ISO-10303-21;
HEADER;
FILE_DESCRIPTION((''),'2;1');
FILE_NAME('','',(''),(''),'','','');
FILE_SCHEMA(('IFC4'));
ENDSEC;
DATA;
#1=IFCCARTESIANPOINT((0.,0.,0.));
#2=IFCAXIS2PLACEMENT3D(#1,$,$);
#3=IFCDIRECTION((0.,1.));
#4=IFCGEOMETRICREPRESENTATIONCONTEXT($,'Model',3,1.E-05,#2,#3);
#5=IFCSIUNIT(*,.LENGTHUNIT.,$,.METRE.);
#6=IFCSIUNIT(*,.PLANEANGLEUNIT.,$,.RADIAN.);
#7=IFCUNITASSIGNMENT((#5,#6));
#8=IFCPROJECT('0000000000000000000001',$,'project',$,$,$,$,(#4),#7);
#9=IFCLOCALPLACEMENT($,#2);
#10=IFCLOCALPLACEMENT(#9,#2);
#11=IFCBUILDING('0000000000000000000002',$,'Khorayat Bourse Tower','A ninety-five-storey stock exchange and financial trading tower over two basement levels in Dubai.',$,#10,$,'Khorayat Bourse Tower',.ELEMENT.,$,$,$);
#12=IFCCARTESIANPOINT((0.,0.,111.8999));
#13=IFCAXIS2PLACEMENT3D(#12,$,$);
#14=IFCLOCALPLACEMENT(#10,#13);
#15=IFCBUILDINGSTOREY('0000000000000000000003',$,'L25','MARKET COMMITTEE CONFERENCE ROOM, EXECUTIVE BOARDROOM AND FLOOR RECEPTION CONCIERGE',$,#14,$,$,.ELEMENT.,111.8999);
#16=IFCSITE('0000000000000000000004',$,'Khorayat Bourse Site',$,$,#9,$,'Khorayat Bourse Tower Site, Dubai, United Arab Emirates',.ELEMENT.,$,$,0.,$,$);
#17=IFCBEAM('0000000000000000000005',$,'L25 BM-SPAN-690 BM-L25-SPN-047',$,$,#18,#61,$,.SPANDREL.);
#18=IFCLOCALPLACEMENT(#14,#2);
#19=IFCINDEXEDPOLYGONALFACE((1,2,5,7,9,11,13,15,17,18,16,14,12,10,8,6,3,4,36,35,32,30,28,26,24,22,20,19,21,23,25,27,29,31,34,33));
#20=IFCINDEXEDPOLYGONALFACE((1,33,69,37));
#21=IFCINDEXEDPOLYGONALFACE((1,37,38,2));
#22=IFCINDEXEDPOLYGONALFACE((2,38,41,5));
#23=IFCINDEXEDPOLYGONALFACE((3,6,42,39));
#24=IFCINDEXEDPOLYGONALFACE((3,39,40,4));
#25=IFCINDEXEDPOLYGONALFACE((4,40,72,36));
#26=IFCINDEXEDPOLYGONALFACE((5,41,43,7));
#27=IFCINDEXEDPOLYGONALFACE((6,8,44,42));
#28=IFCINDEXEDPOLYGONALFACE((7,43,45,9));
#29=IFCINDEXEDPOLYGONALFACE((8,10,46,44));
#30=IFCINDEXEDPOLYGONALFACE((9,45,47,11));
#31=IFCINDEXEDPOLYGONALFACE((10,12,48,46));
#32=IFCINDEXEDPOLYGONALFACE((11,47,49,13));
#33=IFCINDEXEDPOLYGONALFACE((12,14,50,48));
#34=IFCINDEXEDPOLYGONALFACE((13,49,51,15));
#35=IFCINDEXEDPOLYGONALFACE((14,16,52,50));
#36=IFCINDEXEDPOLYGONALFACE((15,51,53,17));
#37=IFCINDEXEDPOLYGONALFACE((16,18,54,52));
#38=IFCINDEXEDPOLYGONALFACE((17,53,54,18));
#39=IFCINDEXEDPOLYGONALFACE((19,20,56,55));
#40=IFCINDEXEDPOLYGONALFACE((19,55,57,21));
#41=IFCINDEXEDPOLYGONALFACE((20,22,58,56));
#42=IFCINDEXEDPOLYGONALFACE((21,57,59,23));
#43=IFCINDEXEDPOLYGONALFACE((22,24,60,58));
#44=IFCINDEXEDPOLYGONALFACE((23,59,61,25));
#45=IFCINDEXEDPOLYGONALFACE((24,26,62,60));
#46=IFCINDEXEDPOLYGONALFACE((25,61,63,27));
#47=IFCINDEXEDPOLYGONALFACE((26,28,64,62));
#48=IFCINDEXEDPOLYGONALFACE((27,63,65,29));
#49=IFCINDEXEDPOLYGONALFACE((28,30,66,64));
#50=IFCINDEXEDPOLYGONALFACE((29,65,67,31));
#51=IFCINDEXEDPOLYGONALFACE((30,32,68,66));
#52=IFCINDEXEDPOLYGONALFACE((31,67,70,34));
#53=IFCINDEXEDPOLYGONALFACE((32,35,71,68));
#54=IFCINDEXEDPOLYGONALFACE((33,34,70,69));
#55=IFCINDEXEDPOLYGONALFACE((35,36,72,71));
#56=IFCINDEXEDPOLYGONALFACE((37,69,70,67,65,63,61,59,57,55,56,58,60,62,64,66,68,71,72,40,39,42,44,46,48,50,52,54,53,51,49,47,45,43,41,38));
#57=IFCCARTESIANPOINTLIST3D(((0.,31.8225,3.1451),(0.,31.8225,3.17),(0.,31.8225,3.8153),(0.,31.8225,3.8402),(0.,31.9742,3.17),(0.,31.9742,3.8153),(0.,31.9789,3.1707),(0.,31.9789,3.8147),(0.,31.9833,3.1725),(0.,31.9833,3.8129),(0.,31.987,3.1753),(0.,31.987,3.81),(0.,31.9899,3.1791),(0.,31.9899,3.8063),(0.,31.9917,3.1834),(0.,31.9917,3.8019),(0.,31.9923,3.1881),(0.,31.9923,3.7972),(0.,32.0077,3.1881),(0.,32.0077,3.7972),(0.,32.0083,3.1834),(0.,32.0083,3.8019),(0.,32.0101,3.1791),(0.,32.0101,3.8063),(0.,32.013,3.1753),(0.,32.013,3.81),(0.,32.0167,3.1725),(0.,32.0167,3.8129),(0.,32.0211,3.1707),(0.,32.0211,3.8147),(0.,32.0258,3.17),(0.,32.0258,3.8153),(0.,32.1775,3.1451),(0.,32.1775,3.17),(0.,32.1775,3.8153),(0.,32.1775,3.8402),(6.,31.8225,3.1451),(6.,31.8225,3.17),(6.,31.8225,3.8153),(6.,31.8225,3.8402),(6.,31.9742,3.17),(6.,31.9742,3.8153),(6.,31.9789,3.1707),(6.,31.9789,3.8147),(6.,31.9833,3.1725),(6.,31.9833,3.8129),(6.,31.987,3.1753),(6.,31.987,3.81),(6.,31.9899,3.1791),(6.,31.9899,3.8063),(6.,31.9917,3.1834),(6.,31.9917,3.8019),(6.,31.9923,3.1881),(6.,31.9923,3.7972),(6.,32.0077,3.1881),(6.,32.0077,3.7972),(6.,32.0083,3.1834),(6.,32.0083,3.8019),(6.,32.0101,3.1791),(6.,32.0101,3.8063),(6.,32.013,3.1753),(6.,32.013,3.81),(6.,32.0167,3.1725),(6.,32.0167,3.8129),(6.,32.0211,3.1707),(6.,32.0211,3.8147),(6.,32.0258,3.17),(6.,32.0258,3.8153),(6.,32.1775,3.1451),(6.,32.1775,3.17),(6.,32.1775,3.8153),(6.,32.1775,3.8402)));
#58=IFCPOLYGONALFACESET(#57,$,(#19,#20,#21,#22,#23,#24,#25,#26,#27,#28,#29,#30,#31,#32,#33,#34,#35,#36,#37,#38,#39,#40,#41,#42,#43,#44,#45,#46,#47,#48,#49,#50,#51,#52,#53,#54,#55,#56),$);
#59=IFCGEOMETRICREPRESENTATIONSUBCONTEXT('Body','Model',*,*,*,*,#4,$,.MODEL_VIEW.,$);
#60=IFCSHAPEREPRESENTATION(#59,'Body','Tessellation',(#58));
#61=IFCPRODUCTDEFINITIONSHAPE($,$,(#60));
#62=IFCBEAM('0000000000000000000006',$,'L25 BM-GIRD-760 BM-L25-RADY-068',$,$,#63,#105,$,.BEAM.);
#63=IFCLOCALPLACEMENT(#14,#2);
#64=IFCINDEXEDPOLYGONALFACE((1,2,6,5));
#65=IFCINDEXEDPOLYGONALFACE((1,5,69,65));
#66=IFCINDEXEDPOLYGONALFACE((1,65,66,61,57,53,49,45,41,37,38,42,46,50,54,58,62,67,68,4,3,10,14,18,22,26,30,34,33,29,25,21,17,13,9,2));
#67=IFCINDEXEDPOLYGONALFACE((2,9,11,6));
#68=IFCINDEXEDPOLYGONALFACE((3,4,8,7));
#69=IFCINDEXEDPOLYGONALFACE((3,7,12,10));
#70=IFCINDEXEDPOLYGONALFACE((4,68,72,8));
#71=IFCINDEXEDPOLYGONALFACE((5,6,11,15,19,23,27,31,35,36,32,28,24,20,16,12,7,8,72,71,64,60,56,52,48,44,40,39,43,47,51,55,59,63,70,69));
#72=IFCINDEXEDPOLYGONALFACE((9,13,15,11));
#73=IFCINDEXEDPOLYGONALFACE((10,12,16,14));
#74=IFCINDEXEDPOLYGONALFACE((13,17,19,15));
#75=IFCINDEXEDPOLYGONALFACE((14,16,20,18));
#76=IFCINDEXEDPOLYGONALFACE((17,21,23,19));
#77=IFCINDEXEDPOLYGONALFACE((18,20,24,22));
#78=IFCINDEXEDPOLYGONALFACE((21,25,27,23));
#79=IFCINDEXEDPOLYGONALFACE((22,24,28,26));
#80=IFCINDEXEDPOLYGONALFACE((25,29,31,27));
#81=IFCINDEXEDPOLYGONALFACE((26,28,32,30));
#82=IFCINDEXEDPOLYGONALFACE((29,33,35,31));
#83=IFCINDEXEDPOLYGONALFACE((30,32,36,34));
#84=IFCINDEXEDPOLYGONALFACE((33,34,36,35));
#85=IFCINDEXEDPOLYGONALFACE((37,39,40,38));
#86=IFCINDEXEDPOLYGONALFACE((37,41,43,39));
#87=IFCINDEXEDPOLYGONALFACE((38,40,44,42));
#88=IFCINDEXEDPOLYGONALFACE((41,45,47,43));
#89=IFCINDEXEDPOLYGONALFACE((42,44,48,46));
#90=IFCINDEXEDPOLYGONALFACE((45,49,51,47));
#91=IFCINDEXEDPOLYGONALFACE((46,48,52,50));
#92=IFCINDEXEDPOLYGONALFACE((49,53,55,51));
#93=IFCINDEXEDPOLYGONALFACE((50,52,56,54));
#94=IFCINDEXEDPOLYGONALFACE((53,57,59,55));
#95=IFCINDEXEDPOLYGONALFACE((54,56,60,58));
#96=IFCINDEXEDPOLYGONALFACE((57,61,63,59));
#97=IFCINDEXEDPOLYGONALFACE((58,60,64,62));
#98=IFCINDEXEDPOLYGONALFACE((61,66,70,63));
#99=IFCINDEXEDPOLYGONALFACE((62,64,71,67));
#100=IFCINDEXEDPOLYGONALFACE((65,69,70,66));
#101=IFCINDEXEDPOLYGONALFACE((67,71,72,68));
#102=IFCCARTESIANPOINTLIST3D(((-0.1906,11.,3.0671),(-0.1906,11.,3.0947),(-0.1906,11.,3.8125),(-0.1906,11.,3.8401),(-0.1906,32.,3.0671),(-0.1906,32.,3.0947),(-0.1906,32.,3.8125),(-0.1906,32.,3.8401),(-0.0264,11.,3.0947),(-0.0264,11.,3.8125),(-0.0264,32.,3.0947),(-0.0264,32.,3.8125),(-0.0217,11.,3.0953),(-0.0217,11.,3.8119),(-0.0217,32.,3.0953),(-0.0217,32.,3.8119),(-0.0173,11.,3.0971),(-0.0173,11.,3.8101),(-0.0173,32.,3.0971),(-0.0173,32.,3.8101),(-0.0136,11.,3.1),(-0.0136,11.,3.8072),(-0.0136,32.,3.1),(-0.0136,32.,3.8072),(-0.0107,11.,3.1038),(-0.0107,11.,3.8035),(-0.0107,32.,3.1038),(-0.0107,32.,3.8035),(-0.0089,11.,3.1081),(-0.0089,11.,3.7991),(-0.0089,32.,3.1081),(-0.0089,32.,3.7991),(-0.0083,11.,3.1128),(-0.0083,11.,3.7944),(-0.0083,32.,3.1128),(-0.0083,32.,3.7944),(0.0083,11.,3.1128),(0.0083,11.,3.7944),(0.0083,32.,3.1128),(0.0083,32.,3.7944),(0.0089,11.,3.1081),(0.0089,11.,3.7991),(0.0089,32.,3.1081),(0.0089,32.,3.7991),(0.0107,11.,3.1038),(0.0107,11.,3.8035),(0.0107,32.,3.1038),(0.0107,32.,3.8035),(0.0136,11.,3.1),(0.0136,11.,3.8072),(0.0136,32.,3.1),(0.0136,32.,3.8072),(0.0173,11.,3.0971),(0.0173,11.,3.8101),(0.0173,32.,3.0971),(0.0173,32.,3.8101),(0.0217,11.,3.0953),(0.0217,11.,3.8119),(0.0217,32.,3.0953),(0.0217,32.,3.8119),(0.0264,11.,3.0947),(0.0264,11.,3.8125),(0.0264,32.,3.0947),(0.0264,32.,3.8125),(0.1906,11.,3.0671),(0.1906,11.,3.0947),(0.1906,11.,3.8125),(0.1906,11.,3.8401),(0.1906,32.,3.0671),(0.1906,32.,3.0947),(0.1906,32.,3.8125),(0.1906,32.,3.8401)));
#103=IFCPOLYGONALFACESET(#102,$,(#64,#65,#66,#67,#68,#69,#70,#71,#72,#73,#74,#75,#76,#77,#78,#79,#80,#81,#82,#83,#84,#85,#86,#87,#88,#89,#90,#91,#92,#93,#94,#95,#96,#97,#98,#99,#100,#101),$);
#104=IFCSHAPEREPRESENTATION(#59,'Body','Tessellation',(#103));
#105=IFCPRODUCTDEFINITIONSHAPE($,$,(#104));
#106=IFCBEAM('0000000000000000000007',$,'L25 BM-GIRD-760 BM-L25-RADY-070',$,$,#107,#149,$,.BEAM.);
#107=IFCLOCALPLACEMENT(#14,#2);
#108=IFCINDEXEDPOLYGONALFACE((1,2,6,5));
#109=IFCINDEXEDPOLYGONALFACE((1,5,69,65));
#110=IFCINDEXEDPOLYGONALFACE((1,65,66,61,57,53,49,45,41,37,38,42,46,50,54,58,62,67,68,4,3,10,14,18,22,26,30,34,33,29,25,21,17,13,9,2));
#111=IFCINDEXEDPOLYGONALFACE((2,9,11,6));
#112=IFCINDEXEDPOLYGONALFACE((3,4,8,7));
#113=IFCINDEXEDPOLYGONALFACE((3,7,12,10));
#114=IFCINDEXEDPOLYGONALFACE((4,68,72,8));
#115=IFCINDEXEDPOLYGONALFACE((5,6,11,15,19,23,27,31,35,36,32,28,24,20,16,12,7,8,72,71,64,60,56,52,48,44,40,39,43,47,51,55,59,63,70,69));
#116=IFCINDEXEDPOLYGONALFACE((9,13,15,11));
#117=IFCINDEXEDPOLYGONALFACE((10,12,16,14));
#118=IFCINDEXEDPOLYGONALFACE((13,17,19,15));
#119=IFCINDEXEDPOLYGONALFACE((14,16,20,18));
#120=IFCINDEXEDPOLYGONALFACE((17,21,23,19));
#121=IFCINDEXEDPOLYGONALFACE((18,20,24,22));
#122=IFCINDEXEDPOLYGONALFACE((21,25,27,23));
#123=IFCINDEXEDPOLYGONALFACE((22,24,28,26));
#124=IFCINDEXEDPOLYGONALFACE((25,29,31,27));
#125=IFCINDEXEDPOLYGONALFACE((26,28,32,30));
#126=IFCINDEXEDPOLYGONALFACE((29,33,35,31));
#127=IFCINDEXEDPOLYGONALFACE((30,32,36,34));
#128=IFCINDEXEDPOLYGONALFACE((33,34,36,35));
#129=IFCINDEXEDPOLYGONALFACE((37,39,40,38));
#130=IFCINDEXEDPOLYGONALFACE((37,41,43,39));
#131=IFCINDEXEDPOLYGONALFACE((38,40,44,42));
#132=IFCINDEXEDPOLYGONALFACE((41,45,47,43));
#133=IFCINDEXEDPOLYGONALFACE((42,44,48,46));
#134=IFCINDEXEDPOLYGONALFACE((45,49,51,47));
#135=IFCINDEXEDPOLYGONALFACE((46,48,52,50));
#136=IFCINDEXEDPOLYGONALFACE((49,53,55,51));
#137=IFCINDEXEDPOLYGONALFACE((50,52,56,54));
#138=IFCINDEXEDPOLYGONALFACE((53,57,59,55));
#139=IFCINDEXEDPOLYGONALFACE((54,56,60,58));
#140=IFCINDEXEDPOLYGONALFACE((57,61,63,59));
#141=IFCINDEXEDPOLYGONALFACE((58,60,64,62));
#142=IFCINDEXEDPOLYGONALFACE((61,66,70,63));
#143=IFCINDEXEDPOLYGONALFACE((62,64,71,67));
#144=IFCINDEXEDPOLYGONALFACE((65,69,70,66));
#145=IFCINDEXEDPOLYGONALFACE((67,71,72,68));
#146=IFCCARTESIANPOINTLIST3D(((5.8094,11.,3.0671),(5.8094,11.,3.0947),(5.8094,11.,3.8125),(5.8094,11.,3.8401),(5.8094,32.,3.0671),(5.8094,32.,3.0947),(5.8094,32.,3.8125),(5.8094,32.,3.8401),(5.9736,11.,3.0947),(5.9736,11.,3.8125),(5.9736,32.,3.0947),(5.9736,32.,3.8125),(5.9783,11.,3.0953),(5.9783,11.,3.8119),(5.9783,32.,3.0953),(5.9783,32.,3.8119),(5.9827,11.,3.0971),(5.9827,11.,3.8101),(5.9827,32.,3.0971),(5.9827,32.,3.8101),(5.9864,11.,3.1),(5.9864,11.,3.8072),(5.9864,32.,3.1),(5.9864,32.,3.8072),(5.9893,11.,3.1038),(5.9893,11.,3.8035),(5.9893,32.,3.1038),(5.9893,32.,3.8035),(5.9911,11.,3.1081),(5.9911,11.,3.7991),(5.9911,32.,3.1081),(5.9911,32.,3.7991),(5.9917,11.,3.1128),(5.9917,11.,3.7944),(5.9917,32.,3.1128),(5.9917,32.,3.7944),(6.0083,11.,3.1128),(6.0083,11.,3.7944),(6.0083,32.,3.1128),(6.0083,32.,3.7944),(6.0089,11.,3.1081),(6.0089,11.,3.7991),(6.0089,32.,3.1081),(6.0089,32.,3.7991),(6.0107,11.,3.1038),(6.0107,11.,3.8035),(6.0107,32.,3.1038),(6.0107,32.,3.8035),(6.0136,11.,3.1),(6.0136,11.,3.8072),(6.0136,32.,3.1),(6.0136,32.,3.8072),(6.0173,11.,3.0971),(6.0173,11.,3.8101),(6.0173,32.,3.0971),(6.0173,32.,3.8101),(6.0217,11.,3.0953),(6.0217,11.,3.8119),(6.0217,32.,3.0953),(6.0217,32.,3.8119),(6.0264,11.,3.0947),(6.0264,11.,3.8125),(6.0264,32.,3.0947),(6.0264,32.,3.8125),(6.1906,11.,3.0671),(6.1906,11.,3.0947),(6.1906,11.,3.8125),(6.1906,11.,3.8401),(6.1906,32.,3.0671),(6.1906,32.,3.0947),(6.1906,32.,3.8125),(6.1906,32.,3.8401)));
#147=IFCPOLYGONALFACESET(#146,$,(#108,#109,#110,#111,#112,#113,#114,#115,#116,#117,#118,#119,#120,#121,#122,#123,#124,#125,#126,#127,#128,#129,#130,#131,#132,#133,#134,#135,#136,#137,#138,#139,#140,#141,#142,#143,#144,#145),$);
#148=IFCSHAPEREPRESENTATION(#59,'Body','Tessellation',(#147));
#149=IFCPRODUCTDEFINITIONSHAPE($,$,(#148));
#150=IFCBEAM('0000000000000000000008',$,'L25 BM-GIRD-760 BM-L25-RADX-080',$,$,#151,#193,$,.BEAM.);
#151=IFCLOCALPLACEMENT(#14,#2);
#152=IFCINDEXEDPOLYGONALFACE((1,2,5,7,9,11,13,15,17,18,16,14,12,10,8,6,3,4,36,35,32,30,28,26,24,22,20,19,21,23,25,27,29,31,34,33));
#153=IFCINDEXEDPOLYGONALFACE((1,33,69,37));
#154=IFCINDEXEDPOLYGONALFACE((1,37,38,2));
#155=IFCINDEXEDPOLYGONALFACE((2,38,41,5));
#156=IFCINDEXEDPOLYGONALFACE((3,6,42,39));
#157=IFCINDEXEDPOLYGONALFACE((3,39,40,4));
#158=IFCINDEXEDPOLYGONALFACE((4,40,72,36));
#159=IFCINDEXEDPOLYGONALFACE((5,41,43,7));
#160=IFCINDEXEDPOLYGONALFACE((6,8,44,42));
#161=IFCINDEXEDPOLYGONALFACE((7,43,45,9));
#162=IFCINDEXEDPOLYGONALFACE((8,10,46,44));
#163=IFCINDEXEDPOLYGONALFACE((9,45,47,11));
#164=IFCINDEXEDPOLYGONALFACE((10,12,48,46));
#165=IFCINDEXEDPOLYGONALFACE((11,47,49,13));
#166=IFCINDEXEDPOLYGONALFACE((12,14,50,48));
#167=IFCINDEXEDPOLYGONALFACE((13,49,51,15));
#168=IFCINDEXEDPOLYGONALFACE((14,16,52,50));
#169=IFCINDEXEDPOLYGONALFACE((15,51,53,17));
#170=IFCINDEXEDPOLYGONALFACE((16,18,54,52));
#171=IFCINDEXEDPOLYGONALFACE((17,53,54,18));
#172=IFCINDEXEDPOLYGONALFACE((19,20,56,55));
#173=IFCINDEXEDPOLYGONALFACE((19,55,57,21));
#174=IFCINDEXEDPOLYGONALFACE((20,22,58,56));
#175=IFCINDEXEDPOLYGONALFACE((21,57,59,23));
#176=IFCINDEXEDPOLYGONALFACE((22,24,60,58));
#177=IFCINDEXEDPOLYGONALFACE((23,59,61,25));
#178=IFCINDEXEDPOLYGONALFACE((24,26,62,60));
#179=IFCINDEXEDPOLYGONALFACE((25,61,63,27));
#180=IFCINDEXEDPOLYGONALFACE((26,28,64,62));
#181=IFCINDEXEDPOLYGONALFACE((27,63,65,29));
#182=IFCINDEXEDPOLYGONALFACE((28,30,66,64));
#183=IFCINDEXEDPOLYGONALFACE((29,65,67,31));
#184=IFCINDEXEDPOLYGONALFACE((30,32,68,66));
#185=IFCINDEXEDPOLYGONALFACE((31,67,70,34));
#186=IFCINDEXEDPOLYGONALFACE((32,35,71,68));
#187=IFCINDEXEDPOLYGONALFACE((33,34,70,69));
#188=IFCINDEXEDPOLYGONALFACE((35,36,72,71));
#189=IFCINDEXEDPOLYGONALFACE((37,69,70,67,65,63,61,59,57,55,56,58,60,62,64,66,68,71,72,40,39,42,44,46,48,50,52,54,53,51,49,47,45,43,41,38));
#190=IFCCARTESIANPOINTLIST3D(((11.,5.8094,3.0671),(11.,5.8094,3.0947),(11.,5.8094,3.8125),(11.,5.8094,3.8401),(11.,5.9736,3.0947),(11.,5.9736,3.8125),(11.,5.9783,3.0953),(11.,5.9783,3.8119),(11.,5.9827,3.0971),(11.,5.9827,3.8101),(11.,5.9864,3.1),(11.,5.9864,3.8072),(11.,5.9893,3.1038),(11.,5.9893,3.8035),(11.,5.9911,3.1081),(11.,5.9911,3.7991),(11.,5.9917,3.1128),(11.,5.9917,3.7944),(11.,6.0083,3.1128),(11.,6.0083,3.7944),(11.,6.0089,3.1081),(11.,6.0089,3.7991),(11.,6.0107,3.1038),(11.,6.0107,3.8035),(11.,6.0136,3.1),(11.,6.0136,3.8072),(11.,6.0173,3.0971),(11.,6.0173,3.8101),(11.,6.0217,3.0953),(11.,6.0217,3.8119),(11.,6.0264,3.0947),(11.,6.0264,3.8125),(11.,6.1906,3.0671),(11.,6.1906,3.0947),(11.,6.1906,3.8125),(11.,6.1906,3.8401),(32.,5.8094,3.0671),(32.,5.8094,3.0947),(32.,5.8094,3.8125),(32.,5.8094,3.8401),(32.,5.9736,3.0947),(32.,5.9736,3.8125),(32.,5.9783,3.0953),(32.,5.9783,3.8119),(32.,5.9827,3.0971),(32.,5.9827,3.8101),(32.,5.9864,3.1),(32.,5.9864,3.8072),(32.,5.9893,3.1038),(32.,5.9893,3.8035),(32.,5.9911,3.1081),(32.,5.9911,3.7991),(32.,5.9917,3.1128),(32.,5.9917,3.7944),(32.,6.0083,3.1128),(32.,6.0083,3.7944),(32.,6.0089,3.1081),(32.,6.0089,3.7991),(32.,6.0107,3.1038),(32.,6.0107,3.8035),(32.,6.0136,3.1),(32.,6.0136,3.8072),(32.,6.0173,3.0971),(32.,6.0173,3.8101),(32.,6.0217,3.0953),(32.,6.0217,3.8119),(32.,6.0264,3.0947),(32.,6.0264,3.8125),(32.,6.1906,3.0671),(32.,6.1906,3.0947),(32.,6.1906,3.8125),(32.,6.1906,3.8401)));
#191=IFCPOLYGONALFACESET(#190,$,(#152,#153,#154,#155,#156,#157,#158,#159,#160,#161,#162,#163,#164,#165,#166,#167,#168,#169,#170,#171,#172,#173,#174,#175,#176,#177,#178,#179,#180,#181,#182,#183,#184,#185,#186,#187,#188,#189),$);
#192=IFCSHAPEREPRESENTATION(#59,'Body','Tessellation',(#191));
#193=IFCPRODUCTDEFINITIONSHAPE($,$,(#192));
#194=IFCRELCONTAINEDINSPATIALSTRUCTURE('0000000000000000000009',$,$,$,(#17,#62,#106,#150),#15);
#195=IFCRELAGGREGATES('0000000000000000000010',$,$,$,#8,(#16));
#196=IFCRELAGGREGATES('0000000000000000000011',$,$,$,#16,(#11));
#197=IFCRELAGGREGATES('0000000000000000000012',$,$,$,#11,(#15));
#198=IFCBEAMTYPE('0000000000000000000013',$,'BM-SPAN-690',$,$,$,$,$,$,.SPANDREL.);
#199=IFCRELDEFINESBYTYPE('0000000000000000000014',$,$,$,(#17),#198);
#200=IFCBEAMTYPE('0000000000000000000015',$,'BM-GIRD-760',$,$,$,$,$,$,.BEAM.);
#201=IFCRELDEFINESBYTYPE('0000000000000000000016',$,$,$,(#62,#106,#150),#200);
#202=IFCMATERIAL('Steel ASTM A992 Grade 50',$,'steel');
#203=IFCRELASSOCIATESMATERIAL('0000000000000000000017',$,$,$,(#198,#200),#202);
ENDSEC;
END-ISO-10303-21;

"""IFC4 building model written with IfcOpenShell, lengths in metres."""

from ifc_helpers import new_model, si_unit, direction, frame, origin, origin_2d, place, context, subcontext, project, spatial, i_section, extrude, source, transform, mapped, material, material_profile, profile_set, type_object, element, save


model = new_model("IFC4")

# Units and contexts
model_context = context("Model", 3, precision=1e-05, world=origin(), true_north=direction((0.0, 1.0)))
body_context = subcontext(model_context, "Body", "Model", "MODEL_VIEW")
ifc_project = project(units=[si_unit("LENGTHUNIT", "METRE"), si_unit("PLANEANGLEUNIT", "RADIAN")], contexts=[model_context])

# Site, building, storey
site_placement = place(None, origin())
site = spatial("IfcSite", under=ifc_project, at=site_placement, Name="Khorayat Bourse Site", LongName="Khorayat Bourse Tower Site, Dubai, United Arab Emirates", CompositionType="ELEMENT", RefElevation=0.0)
building_placement = place(site_placement, origin())
building = spatial("IfcBuilding", under=site, at=building_placement, Name="Khorayat Bourse Tower", Description="A ninety-five-storey stock exchange and financial trading tower over two basement levels in Dubai.", LongName="Khorayat Bourse Tower", CompositionType="ELEMENT")
storey_placement = place(building_placement, frame((0.0, 0.0, 111.8999)))
storey = spatial("IfcBuildingStorey", under=building, at=storey_placement, Name="L25", Description="MARKET COMMITTEE CONFERENCE ROOM, EXECUTIVE BOARDROOM AND FLOOR RECEPTION CONCIERGE", CompositionType="ELEMENT", Elevation=111.8999)

# Beams
ifc_material_1 = material(Name="Steel ASTM A992 Grade 50", Category="steel")
ifc_material_profile_1 = material_profile(ifc_material_1, i_section(OverallWidth=0.355, OverallDepth=0.6951, WebThickness=0.0154, FlangeThickness=0.0249, FilletRadius=0.0181, at=origin_2d()), Name="W690X217")
ifc_profile_set_1 = profile_set([ifc_material_profile_1], Name="Steel ASTM A992 Grade 50")
beam_type_1 = type_object("IfcBeamType", Name="BM-SPAN-690", PredefinedType="SPANDREL", material=ifc_profile_set_1)
shared_shape_1 = source(origin(), body_context, "Body", "SweptSolid", [
    extrude(i_section(OverallWidth=0.355, OverallDepth=0.6951, WebThickness=0.0154, FlangeThickness=0.0249, FilletRadius=0.0181, at=origin_2d()), origin(), (0.0, 0.0, 1.0), 6.0),
])
beam_1_placement = place(storey_placement, frame((0.0, 32.0, 3.4927), z_axis=(1.0, 0.0, 0.0), x_axis=(0.0, 1.0, 0.0)))
element("IfcBeam", 1, at=beam_1_placement, inside=storey, type_object=beam_type_1, Name="L25 BM-SPAN-690 BM-L25-SPN-047", PredefinedType="SPANDREL", context=body_context, shape_type="MappedRepresentation", body=[
    mapped(shared_shape_1, transform((0.0, 0.0, 0.0), scale=1.0)),
])
ifc_material_profile_2 = material_profile(ifc_material_1, i_section(OverallWidth=0.3811, OverallDepth=0.7729, WebThickness=0.0166, FlangeThickness=0.0276, FilletRadius=0.0181, at=origin_2d()), Name="W760X257")
ifc_profile_set_2 = profile_set([ifc_material_profile_2], Name="Steel ASTM A992 Grade 50")
beam_type_2 = type_object("IfcBeamType", Name="BM-GIRD-760", PredefinedType="BEAM", material=ifc_profile_set_2)
shared_shape_2 = source(origin(), body_context, "Body", "SweptSolid", [
    extrude(i_section(OverallWidth=0.3811, OverallDepth=0.7729, WebThickness=0.0166, FlangeThickness=0.0276, FilletRadius=0.0181, at=origin_2d()), origin(), (0.0, 0.0, 1.0), 21.0),
])
for number, where, z_axis, x_axis, name in (
    (2, (0.0, 11.0, 3.4536), (0.0, 1.0, 0.0), (-1.0, 0.0, 0.0), "L25 BM-GIRD-760 BM-L25-RADY-068"),
    (3, (6.0, 11.0, 3.4536), (0.0, 1.0, 0.0), (-1.0, 0.0, 0.0), "L25 BM-GIRD-760 BM-L25-RADY-070"),
    (4, (11.0, 6.0, 3.4536), (1.0, 0.0, 0.0), (0.0, 1.0, 0.0), "L25 BM-GIRD-760 BM-L25-RADX-080"),
):
    element("IfcBeam", number, at=place(storey_placement, frame(where, z_axis=z_axis, x_axis=x_axis)), inside=storey, type_object=beam_type_2, Name=name, PredefinedType="BEAM", context=body_context, shape_type="MappedRepresentation", body=[
        mapped(shared_shape_2, transform((0.0, 0.0, 0.0), scale=1.0)),
    ])

save(model, "model.ifc")
